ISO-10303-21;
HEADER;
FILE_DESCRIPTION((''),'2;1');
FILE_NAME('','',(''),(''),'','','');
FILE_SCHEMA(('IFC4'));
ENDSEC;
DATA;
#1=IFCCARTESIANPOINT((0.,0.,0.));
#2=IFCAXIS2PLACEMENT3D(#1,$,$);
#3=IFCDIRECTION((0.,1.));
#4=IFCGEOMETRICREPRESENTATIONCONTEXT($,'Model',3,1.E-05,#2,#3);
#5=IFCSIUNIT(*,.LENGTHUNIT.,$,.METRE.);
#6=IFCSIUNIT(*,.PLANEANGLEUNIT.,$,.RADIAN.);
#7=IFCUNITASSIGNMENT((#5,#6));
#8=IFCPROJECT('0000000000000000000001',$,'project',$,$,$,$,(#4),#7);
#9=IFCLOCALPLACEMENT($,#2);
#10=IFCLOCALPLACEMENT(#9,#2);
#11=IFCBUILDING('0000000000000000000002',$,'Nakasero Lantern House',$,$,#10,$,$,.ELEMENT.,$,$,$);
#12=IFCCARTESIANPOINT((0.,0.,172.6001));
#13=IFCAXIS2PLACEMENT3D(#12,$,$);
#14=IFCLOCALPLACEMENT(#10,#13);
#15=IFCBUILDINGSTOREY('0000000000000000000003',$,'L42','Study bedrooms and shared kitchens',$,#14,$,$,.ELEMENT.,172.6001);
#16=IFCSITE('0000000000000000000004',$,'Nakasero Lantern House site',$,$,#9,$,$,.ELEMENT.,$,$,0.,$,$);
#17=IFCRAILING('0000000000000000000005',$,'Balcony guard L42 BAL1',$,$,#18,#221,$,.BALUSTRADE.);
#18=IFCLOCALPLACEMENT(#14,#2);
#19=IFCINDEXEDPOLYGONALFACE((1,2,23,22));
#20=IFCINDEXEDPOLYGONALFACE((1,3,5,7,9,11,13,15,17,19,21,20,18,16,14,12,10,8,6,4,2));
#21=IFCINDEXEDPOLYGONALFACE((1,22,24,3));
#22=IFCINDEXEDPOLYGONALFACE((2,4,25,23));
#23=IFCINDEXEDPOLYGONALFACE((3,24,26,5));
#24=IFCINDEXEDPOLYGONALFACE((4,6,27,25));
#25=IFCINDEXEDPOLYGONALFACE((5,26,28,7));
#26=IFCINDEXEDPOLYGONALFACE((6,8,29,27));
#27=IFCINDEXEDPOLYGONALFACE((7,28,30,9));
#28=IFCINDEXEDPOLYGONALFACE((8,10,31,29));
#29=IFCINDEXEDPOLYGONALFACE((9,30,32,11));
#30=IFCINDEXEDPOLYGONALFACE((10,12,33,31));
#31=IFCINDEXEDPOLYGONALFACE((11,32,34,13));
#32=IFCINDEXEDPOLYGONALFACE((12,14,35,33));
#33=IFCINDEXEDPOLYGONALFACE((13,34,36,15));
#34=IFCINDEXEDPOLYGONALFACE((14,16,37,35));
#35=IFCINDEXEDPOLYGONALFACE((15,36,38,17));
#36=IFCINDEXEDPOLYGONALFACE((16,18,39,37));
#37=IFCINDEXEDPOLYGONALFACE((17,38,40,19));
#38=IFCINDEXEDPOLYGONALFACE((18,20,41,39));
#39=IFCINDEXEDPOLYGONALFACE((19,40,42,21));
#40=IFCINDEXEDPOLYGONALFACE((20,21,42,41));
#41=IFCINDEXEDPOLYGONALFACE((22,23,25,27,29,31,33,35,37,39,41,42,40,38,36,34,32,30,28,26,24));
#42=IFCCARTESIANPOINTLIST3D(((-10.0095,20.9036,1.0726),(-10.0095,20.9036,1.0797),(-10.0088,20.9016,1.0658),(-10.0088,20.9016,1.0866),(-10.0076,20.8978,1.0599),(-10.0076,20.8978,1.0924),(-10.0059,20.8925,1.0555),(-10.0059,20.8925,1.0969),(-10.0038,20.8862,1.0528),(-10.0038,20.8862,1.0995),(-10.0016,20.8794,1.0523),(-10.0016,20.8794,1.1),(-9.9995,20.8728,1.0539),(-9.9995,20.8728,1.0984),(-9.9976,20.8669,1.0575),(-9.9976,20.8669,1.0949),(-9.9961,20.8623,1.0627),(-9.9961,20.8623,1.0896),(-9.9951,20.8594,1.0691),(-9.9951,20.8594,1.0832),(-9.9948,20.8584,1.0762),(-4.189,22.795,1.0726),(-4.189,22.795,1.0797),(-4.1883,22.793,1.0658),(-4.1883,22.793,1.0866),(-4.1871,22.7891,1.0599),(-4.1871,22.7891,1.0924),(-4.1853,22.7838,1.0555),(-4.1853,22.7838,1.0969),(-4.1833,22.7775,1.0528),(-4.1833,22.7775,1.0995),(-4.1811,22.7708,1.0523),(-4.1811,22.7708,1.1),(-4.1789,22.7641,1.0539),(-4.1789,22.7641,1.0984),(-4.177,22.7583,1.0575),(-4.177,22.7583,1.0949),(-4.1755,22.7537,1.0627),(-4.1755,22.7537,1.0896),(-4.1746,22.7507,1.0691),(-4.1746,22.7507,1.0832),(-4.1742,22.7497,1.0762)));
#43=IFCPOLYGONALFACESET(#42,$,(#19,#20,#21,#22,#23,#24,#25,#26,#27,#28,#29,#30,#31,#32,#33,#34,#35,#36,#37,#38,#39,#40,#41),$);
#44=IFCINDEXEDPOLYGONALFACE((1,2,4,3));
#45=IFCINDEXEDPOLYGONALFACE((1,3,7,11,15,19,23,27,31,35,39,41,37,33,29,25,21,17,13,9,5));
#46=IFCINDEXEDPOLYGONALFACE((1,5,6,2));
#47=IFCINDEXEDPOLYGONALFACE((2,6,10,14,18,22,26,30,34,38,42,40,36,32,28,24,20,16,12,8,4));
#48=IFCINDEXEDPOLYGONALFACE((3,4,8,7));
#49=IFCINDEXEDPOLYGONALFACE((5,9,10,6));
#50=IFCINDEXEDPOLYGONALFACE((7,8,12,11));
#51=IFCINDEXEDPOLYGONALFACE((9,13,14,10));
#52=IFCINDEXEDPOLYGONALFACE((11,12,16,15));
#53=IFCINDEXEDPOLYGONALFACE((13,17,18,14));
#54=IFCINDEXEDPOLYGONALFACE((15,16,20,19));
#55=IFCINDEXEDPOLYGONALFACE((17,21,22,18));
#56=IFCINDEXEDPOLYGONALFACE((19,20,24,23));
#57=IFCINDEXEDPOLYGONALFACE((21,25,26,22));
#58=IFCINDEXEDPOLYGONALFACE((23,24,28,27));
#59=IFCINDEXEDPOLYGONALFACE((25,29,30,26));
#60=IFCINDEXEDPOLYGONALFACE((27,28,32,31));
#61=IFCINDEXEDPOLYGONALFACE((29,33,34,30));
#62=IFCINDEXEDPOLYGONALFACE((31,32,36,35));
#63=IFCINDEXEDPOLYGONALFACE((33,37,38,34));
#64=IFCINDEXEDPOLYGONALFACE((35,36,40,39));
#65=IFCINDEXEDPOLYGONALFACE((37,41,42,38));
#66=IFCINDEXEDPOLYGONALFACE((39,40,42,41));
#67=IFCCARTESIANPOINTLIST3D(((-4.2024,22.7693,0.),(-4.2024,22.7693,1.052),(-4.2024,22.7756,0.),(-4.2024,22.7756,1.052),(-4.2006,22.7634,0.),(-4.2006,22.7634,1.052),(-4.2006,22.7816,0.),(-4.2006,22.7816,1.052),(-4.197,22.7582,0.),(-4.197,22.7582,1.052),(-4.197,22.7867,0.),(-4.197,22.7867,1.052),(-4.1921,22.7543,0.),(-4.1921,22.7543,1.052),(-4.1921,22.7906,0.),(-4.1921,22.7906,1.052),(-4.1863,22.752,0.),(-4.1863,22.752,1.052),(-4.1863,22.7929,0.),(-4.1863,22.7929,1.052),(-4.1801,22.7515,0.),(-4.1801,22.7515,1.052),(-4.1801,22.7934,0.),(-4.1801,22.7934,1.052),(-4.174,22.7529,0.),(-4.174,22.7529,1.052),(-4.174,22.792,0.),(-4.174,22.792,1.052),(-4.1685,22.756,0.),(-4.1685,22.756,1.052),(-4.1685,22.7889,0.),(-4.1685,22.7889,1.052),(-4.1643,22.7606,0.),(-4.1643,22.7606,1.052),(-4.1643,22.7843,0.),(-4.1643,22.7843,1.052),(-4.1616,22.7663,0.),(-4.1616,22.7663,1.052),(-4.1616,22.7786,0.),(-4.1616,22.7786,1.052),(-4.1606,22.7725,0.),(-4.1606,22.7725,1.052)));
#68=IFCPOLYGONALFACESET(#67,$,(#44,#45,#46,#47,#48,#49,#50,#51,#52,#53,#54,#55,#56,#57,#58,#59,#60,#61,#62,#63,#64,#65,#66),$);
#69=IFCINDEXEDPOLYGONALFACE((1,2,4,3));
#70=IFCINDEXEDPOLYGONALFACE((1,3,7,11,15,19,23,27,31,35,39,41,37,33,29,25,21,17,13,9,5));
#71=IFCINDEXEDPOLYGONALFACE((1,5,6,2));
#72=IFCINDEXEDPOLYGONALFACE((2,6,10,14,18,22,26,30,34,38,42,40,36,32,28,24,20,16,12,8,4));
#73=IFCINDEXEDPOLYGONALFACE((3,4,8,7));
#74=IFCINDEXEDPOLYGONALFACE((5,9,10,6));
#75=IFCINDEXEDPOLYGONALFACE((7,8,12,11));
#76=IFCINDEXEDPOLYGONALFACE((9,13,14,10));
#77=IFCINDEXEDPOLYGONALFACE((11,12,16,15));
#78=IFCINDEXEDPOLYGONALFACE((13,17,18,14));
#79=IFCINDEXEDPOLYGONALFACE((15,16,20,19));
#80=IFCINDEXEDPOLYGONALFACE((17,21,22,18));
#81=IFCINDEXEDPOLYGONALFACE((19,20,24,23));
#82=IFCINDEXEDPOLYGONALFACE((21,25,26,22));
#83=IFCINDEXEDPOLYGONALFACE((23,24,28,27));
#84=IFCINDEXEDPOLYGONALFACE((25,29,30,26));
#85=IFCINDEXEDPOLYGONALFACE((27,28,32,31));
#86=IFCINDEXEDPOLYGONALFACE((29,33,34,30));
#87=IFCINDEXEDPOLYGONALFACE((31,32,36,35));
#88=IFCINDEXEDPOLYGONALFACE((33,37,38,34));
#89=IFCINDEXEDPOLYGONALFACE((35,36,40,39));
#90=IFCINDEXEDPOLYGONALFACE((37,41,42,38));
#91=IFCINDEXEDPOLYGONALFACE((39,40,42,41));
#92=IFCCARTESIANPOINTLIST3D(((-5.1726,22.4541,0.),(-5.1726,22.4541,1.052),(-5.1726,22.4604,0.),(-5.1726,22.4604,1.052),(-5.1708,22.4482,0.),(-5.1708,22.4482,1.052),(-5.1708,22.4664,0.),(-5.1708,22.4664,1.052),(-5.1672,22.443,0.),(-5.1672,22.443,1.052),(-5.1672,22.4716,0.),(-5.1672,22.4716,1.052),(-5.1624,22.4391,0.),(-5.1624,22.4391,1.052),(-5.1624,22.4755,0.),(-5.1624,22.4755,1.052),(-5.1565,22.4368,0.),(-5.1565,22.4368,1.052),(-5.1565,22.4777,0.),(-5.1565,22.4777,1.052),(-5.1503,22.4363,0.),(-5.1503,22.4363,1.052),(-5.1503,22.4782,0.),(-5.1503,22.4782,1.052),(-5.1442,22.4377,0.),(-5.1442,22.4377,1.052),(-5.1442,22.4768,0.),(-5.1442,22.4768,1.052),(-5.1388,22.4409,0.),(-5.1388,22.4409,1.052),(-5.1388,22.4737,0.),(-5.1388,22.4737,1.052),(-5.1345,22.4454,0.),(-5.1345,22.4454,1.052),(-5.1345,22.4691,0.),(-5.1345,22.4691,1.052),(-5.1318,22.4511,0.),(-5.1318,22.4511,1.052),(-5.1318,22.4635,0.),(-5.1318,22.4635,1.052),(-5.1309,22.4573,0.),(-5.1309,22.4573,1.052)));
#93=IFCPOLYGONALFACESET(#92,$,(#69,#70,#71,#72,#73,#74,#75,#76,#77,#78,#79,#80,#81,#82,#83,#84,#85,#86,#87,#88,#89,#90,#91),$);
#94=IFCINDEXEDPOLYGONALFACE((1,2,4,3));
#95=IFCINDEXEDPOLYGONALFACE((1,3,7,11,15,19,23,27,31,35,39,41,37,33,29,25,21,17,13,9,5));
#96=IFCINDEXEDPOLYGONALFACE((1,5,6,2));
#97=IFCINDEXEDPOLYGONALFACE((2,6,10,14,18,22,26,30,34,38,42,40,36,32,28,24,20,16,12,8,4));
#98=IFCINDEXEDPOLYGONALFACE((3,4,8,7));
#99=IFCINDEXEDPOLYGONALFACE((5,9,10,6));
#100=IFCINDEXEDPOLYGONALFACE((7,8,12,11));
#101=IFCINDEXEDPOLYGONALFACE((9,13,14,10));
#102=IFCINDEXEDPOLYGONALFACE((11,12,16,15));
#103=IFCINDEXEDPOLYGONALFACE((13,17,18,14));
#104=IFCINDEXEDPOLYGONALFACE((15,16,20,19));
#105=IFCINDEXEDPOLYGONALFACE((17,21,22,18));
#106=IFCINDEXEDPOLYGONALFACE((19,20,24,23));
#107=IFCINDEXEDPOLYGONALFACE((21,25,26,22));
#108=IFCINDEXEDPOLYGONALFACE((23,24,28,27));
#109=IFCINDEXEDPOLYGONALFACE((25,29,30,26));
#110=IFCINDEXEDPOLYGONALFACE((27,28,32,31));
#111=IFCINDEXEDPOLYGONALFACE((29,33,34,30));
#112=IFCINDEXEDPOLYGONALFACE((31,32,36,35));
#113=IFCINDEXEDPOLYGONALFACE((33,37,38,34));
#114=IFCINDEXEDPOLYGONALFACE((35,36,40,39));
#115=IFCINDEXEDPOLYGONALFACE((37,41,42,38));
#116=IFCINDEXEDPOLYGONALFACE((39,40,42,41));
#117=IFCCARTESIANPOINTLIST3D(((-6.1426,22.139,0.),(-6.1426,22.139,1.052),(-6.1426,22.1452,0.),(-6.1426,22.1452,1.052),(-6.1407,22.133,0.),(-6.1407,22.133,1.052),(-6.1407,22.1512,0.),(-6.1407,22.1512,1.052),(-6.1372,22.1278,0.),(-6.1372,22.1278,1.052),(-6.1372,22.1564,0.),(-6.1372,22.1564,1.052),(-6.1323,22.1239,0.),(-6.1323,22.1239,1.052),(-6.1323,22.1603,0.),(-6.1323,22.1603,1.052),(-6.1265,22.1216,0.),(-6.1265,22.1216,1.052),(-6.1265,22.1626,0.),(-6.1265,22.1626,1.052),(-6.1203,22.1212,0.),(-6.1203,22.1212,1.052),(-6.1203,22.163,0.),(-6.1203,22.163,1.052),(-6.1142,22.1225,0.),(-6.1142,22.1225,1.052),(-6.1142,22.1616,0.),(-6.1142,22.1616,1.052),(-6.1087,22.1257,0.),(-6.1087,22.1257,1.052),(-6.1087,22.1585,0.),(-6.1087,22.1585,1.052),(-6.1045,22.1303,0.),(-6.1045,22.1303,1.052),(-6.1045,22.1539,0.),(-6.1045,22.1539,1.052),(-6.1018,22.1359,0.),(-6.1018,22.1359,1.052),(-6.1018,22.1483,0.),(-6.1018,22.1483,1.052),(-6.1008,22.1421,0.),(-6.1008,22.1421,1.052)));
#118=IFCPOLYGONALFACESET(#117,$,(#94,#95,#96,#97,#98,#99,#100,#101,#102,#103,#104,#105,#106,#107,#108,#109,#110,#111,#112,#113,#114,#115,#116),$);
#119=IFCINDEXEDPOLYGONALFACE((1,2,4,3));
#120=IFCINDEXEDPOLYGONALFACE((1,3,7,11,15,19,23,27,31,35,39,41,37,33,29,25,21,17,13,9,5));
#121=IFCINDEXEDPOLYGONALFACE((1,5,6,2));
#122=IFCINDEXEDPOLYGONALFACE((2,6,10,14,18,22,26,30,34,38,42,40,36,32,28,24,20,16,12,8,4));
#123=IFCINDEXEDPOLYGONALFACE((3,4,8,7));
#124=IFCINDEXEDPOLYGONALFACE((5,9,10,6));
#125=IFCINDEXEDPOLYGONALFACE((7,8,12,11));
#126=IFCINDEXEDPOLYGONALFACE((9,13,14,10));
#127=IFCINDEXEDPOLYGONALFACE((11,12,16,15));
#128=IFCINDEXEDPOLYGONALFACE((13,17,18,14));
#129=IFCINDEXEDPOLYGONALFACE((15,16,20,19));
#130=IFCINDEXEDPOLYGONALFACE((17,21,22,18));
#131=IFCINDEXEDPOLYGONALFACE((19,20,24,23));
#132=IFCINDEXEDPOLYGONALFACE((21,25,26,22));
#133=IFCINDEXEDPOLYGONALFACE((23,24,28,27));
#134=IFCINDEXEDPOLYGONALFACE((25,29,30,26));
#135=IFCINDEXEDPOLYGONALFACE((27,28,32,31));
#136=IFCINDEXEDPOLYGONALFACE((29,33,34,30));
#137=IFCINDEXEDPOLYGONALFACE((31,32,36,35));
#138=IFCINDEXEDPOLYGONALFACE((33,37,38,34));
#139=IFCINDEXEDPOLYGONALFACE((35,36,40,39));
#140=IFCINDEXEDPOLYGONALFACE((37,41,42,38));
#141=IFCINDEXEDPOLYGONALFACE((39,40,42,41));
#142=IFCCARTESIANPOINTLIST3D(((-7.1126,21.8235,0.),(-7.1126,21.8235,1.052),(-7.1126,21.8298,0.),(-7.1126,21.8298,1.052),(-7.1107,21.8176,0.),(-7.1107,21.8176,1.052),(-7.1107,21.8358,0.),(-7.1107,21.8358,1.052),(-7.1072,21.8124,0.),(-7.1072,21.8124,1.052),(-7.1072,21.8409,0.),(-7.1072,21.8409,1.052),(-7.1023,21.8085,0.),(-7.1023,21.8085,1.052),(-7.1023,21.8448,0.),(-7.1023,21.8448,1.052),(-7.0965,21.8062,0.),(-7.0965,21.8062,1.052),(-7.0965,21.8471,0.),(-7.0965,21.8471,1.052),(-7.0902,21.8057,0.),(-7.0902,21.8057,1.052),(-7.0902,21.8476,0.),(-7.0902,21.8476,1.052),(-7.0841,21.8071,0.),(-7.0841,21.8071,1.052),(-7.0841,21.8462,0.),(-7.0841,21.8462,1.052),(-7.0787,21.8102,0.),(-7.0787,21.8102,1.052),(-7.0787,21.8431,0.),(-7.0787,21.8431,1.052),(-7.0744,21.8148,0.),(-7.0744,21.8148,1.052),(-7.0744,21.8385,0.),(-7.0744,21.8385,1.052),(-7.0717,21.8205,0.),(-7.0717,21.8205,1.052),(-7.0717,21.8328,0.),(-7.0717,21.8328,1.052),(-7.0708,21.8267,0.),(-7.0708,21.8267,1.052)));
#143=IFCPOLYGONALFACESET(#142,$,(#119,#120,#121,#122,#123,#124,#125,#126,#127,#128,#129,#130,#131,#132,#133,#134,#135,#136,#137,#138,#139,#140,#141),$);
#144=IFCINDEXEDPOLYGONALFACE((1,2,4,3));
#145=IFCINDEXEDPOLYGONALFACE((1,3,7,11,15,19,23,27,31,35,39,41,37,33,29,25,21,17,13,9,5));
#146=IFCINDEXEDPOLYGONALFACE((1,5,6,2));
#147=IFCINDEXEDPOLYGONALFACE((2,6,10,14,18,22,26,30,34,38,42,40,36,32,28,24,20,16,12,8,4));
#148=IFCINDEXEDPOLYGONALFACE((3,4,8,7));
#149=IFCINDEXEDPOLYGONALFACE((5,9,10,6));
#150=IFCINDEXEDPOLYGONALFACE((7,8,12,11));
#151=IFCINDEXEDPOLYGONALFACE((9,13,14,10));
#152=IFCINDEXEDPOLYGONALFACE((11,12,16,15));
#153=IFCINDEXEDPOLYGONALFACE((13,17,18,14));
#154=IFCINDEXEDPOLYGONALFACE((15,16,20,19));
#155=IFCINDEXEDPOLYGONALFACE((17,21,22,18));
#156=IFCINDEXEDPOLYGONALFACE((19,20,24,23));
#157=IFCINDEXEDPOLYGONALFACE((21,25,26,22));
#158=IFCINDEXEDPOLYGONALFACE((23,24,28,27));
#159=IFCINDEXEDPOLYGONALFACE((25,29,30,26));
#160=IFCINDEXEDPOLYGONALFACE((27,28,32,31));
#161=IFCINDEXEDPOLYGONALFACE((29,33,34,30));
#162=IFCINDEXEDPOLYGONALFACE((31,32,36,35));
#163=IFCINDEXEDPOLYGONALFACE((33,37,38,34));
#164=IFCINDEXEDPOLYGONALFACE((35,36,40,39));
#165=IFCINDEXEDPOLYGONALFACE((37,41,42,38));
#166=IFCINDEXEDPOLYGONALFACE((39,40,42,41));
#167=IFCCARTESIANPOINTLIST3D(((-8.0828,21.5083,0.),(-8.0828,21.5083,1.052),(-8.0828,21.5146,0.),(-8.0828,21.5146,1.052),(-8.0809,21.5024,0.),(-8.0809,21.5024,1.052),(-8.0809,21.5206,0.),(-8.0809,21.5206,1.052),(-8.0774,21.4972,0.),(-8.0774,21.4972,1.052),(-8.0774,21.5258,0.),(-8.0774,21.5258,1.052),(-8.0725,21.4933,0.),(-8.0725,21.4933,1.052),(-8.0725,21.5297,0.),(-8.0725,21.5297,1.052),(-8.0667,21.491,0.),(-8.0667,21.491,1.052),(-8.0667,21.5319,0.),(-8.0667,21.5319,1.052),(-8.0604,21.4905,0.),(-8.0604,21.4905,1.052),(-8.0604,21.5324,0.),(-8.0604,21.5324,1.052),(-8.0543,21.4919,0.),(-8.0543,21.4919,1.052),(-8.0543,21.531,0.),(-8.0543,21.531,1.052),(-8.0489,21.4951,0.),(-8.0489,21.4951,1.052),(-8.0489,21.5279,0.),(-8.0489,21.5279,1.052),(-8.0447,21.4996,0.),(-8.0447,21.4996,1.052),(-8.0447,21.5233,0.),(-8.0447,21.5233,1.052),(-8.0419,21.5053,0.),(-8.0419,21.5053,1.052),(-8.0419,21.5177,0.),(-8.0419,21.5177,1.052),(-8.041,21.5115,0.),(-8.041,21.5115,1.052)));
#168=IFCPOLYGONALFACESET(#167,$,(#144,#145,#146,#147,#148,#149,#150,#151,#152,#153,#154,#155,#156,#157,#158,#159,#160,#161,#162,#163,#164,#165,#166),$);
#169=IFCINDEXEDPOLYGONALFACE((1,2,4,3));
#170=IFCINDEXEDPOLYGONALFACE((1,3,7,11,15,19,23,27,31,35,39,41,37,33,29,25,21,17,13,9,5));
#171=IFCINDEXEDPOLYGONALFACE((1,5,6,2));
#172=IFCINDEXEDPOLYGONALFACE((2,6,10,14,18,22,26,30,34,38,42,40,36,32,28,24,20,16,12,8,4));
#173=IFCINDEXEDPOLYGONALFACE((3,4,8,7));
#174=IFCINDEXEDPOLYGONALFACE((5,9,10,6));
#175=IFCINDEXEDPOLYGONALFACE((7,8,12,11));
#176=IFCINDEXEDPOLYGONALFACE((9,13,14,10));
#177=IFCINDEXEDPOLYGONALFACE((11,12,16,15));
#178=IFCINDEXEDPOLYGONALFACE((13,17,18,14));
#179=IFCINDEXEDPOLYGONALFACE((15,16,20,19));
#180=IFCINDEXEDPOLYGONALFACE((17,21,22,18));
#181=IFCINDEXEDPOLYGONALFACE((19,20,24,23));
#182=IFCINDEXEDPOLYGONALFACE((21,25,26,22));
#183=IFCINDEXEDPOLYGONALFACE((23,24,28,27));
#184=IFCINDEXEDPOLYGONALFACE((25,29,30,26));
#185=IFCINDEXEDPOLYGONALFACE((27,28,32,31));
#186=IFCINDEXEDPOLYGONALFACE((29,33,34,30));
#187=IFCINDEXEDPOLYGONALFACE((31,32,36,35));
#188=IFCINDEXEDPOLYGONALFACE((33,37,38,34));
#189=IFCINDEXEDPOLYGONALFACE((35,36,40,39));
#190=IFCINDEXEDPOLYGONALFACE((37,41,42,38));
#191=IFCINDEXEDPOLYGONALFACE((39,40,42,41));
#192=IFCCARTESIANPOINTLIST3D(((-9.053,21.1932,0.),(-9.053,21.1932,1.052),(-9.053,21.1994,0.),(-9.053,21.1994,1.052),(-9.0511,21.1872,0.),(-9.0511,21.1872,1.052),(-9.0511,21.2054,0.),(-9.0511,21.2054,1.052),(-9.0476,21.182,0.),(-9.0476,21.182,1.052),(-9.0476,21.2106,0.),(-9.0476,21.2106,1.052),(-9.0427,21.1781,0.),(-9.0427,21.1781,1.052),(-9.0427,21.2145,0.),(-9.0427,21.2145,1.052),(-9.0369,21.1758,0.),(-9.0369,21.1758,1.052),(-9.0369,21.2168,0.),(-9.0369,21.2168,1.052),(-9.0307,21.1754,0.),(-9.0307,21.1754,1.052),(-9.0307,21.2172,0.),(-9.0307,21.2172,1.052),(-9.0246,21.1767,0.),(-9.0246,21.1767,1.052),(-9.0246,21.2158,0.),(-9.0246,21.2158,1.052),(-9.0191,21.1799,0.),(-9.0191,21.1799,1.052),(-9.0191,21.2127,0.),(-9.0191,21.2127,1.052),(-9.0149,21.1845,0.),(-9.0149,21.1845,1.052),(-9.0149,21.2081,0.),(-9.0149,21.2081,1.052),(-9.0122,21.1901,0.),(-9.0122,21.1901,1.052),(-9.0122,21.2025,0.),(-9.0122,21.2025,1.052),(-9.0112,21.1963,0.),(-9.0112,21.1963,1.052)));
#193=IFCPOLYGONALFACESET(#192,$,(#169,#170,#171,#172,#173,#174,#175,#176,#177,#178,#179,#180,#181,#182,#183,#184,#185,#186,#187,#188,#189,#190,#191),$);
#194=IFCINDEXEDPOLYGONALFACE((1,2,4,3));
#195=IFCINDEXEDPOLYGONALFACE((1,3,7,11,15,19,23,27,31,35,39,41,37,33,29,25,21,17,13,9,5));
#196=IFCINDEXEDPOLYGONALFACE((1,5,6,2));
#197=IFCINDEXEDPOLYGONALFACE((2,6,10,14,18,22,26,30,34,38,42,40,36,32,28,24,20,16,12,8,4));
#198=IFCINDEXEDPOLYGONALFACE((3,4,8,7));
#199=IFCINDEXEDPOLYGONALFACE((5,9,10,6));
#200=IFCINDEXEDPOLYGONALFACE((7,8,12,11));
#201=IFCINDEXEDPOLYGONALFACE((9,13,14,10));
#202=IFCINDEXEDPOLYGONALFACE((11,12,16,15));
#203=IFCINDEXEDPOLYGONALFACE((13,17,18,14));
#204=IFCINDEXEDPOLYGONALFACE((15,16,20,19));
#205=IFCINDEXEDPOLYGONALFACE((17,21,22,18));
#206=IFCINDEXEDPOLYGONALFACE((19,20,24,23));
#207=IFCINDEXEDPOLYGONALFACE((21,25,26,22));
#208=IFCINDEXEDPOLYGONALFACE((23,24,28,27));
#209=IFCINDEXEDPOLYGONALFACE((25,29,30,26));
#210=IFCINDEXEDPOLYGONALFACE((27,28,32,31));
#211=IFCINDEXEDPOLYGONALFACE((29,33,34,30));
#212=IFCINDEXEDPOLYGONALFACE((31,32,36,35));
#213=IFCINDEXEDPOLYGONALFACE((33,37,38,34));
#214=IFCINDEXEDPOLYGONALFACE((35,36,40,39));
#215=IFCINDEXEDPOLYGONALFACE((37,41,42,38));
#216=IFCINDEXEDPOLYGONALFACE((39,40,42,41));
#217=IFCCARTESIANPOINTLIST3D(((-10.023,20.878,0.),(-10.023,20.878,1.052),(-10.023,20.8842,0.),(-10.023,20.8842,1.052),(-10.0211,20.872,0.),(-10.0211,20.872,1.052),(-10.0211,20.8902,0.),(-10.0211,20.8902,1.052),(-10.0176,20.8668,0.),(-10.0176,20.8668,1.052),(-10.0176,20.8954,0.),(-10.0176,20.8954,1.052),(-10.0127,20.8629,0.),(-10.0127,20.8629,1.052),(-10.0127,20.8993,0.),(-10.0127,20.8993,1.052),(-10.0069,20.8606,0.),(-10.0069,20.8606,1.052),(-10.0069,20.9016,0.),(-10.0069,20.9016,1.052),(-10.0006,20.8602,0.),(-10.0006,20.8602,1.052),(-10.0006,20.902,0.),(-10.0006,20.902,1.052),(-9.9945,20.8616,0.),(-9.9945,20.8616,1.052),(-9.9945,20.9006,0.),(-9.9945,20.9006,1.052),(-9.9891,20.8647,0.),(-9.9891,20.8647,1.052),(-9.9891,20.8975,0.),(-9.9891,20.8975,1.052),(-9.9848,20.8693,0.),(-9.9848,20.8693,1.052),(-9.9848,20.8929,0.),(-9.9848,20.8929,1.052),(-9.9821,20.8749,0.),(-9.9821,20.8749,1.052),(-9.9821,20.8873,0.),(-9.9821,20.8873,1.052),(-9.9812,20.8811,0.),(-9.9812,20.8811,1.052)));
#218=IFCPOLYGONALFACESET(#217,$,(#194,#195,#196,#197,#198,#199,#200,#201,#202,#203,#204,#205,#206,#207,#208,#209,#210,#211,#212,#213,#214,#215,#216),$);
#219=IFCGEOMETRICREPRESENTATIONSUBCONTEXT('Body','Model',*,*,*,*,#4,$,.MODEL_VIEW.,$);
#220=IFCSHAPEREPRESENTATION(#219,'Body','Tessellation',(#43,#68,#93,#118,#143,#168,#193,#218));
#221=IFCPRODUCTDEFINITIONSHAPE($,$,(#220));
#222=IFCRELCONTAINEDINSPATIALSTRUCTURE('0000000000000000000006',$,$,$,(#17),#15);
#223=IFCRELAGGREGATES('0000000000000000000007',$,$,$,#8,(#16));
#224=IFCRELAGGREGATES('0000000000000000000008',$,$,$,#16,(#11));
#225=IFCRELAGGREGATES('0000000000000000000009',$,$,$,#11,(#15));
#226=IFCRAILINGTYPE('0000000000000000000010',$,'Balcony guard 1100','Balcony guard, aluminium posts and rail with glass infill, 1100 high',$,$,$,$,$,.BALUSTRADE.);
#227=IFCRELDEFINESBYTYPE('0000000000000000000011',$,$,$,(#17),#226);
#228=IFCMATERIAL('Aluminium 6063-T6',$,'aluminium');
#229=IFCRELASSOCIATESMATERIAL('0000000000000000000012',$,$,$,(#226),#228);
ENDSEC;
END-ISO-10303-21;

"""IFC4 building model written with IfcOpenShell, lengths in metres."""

from ifc_helpers import new_model, si_unit, direction, frame, origin, origin_2d, place, context, subcontext, project, spatial, circle, extrude, material, type_object, element, save


model = new_model("IFC4")

# Units and contexts
model_context = context("Model", 3, precision=1e-05, world=origin(), true_north=direction((0.0, 1.0)))
body_context = subcontext(model_context, "Body", "Model", "MODEL_VIEW")
ifc_project = project(units=[si_unit("LENGTHUNIT", "METRE"), si_unit("PLANEANGLEUNIT", "RADIAN")], contexts=[model_context])

# Site, building, storey
site_placement = place(None, origin())
site = spatial("IfcSite", under=ifc_project, at=site_placement, Name="Nakasero Lantern House site", CompositionType="ELEMENT", RefElevation=0.0)
building_placement = place(site_placement, origin())
building = spatial("IfcBuilding", under=site, at=building_placement, Name="Nakasero Lantern House", CompositionType="ELEMENT")
storey_placement = place(building_placement, frame((0.0, 0.0, 172.6001)))
storey = spatial("IfcBuildingStorey", under=building, at=storey_placement, Name="L42", Description="Study bedrooms and shared kitchens", CompositionType="ELEMENT", Elevation=172.6001)

# Railing
ifc_material_1 = material(Name="Aluminium 6063-T6", Category="aluminium")
railing_type = type_object("IfcRailingType", Name="Balcony guard 1100", Description="Balcony guard, aluminium posts and rail with glass infill, 1100 high", PredefinedType="BALUSTRADE", material=ifc_material_1)
railing_placement = place(storey_placement, frame((-4.1816, 22.7725, 0.0)))
element("IfcRailing", 1, at=railing_placement, inside=storey, type_object=railing_type, Name="Balcony guard L42 BAL1", PredefinedType="BALUSTRADE", context=body_context, shape_type="SweptSolid", body=[
    extrude(circle(Radius=0.0239, at=origin_2d()), frame((0.0, 0.0, 1.0762), z_axis=(-0.95105, -0.309038, 0.0), x_axis=(0.309038, -0.95105, 0.0)), (0.0, 0.0, 1.0), 6.1201),
    extrude(circle(Radius=0.021, at=origin_2d()), origin(), (0.0, 0.0, 1.0), 1.052),
    extrude(circle(Radius=0.021, at=origin_2d()), frame((-0.9702, -0.3152, 0.0)), (0.0, 0.0, 1.0), 1.052),
    extrude(circle(Radius=0.021, at=origin_2d()), frame((-1.9402, -0.6304, 0.0)), (0.0, 0.0, 1.0), 1.052),
    extrude(circle(Radius=0.021, at=origin_2d()), frame((-2.9102, -0.9458, 0.0)), (0.0, 0.0, 1.0), 1.052),
    extrude(circle(Radius=0.021, at=origin_2d()), frame((-3.8804, -1.261, 0.0)), (0.0, 0.0, 1.0), 1.052),
    extrude(circle(Radius=0.021, at=origin_2d()), frame((-4.8506, -1.5762, 0.0)), (0.0, 0.0, 1.0), 1.052),
    extrude(circle(Radius=0.021, at=origin_2d()), frame((-5.8206, -1.8914, 0.0)), (0.0, 0.0, 1.0), 1.052),
])

save(model, "model.ifc")
